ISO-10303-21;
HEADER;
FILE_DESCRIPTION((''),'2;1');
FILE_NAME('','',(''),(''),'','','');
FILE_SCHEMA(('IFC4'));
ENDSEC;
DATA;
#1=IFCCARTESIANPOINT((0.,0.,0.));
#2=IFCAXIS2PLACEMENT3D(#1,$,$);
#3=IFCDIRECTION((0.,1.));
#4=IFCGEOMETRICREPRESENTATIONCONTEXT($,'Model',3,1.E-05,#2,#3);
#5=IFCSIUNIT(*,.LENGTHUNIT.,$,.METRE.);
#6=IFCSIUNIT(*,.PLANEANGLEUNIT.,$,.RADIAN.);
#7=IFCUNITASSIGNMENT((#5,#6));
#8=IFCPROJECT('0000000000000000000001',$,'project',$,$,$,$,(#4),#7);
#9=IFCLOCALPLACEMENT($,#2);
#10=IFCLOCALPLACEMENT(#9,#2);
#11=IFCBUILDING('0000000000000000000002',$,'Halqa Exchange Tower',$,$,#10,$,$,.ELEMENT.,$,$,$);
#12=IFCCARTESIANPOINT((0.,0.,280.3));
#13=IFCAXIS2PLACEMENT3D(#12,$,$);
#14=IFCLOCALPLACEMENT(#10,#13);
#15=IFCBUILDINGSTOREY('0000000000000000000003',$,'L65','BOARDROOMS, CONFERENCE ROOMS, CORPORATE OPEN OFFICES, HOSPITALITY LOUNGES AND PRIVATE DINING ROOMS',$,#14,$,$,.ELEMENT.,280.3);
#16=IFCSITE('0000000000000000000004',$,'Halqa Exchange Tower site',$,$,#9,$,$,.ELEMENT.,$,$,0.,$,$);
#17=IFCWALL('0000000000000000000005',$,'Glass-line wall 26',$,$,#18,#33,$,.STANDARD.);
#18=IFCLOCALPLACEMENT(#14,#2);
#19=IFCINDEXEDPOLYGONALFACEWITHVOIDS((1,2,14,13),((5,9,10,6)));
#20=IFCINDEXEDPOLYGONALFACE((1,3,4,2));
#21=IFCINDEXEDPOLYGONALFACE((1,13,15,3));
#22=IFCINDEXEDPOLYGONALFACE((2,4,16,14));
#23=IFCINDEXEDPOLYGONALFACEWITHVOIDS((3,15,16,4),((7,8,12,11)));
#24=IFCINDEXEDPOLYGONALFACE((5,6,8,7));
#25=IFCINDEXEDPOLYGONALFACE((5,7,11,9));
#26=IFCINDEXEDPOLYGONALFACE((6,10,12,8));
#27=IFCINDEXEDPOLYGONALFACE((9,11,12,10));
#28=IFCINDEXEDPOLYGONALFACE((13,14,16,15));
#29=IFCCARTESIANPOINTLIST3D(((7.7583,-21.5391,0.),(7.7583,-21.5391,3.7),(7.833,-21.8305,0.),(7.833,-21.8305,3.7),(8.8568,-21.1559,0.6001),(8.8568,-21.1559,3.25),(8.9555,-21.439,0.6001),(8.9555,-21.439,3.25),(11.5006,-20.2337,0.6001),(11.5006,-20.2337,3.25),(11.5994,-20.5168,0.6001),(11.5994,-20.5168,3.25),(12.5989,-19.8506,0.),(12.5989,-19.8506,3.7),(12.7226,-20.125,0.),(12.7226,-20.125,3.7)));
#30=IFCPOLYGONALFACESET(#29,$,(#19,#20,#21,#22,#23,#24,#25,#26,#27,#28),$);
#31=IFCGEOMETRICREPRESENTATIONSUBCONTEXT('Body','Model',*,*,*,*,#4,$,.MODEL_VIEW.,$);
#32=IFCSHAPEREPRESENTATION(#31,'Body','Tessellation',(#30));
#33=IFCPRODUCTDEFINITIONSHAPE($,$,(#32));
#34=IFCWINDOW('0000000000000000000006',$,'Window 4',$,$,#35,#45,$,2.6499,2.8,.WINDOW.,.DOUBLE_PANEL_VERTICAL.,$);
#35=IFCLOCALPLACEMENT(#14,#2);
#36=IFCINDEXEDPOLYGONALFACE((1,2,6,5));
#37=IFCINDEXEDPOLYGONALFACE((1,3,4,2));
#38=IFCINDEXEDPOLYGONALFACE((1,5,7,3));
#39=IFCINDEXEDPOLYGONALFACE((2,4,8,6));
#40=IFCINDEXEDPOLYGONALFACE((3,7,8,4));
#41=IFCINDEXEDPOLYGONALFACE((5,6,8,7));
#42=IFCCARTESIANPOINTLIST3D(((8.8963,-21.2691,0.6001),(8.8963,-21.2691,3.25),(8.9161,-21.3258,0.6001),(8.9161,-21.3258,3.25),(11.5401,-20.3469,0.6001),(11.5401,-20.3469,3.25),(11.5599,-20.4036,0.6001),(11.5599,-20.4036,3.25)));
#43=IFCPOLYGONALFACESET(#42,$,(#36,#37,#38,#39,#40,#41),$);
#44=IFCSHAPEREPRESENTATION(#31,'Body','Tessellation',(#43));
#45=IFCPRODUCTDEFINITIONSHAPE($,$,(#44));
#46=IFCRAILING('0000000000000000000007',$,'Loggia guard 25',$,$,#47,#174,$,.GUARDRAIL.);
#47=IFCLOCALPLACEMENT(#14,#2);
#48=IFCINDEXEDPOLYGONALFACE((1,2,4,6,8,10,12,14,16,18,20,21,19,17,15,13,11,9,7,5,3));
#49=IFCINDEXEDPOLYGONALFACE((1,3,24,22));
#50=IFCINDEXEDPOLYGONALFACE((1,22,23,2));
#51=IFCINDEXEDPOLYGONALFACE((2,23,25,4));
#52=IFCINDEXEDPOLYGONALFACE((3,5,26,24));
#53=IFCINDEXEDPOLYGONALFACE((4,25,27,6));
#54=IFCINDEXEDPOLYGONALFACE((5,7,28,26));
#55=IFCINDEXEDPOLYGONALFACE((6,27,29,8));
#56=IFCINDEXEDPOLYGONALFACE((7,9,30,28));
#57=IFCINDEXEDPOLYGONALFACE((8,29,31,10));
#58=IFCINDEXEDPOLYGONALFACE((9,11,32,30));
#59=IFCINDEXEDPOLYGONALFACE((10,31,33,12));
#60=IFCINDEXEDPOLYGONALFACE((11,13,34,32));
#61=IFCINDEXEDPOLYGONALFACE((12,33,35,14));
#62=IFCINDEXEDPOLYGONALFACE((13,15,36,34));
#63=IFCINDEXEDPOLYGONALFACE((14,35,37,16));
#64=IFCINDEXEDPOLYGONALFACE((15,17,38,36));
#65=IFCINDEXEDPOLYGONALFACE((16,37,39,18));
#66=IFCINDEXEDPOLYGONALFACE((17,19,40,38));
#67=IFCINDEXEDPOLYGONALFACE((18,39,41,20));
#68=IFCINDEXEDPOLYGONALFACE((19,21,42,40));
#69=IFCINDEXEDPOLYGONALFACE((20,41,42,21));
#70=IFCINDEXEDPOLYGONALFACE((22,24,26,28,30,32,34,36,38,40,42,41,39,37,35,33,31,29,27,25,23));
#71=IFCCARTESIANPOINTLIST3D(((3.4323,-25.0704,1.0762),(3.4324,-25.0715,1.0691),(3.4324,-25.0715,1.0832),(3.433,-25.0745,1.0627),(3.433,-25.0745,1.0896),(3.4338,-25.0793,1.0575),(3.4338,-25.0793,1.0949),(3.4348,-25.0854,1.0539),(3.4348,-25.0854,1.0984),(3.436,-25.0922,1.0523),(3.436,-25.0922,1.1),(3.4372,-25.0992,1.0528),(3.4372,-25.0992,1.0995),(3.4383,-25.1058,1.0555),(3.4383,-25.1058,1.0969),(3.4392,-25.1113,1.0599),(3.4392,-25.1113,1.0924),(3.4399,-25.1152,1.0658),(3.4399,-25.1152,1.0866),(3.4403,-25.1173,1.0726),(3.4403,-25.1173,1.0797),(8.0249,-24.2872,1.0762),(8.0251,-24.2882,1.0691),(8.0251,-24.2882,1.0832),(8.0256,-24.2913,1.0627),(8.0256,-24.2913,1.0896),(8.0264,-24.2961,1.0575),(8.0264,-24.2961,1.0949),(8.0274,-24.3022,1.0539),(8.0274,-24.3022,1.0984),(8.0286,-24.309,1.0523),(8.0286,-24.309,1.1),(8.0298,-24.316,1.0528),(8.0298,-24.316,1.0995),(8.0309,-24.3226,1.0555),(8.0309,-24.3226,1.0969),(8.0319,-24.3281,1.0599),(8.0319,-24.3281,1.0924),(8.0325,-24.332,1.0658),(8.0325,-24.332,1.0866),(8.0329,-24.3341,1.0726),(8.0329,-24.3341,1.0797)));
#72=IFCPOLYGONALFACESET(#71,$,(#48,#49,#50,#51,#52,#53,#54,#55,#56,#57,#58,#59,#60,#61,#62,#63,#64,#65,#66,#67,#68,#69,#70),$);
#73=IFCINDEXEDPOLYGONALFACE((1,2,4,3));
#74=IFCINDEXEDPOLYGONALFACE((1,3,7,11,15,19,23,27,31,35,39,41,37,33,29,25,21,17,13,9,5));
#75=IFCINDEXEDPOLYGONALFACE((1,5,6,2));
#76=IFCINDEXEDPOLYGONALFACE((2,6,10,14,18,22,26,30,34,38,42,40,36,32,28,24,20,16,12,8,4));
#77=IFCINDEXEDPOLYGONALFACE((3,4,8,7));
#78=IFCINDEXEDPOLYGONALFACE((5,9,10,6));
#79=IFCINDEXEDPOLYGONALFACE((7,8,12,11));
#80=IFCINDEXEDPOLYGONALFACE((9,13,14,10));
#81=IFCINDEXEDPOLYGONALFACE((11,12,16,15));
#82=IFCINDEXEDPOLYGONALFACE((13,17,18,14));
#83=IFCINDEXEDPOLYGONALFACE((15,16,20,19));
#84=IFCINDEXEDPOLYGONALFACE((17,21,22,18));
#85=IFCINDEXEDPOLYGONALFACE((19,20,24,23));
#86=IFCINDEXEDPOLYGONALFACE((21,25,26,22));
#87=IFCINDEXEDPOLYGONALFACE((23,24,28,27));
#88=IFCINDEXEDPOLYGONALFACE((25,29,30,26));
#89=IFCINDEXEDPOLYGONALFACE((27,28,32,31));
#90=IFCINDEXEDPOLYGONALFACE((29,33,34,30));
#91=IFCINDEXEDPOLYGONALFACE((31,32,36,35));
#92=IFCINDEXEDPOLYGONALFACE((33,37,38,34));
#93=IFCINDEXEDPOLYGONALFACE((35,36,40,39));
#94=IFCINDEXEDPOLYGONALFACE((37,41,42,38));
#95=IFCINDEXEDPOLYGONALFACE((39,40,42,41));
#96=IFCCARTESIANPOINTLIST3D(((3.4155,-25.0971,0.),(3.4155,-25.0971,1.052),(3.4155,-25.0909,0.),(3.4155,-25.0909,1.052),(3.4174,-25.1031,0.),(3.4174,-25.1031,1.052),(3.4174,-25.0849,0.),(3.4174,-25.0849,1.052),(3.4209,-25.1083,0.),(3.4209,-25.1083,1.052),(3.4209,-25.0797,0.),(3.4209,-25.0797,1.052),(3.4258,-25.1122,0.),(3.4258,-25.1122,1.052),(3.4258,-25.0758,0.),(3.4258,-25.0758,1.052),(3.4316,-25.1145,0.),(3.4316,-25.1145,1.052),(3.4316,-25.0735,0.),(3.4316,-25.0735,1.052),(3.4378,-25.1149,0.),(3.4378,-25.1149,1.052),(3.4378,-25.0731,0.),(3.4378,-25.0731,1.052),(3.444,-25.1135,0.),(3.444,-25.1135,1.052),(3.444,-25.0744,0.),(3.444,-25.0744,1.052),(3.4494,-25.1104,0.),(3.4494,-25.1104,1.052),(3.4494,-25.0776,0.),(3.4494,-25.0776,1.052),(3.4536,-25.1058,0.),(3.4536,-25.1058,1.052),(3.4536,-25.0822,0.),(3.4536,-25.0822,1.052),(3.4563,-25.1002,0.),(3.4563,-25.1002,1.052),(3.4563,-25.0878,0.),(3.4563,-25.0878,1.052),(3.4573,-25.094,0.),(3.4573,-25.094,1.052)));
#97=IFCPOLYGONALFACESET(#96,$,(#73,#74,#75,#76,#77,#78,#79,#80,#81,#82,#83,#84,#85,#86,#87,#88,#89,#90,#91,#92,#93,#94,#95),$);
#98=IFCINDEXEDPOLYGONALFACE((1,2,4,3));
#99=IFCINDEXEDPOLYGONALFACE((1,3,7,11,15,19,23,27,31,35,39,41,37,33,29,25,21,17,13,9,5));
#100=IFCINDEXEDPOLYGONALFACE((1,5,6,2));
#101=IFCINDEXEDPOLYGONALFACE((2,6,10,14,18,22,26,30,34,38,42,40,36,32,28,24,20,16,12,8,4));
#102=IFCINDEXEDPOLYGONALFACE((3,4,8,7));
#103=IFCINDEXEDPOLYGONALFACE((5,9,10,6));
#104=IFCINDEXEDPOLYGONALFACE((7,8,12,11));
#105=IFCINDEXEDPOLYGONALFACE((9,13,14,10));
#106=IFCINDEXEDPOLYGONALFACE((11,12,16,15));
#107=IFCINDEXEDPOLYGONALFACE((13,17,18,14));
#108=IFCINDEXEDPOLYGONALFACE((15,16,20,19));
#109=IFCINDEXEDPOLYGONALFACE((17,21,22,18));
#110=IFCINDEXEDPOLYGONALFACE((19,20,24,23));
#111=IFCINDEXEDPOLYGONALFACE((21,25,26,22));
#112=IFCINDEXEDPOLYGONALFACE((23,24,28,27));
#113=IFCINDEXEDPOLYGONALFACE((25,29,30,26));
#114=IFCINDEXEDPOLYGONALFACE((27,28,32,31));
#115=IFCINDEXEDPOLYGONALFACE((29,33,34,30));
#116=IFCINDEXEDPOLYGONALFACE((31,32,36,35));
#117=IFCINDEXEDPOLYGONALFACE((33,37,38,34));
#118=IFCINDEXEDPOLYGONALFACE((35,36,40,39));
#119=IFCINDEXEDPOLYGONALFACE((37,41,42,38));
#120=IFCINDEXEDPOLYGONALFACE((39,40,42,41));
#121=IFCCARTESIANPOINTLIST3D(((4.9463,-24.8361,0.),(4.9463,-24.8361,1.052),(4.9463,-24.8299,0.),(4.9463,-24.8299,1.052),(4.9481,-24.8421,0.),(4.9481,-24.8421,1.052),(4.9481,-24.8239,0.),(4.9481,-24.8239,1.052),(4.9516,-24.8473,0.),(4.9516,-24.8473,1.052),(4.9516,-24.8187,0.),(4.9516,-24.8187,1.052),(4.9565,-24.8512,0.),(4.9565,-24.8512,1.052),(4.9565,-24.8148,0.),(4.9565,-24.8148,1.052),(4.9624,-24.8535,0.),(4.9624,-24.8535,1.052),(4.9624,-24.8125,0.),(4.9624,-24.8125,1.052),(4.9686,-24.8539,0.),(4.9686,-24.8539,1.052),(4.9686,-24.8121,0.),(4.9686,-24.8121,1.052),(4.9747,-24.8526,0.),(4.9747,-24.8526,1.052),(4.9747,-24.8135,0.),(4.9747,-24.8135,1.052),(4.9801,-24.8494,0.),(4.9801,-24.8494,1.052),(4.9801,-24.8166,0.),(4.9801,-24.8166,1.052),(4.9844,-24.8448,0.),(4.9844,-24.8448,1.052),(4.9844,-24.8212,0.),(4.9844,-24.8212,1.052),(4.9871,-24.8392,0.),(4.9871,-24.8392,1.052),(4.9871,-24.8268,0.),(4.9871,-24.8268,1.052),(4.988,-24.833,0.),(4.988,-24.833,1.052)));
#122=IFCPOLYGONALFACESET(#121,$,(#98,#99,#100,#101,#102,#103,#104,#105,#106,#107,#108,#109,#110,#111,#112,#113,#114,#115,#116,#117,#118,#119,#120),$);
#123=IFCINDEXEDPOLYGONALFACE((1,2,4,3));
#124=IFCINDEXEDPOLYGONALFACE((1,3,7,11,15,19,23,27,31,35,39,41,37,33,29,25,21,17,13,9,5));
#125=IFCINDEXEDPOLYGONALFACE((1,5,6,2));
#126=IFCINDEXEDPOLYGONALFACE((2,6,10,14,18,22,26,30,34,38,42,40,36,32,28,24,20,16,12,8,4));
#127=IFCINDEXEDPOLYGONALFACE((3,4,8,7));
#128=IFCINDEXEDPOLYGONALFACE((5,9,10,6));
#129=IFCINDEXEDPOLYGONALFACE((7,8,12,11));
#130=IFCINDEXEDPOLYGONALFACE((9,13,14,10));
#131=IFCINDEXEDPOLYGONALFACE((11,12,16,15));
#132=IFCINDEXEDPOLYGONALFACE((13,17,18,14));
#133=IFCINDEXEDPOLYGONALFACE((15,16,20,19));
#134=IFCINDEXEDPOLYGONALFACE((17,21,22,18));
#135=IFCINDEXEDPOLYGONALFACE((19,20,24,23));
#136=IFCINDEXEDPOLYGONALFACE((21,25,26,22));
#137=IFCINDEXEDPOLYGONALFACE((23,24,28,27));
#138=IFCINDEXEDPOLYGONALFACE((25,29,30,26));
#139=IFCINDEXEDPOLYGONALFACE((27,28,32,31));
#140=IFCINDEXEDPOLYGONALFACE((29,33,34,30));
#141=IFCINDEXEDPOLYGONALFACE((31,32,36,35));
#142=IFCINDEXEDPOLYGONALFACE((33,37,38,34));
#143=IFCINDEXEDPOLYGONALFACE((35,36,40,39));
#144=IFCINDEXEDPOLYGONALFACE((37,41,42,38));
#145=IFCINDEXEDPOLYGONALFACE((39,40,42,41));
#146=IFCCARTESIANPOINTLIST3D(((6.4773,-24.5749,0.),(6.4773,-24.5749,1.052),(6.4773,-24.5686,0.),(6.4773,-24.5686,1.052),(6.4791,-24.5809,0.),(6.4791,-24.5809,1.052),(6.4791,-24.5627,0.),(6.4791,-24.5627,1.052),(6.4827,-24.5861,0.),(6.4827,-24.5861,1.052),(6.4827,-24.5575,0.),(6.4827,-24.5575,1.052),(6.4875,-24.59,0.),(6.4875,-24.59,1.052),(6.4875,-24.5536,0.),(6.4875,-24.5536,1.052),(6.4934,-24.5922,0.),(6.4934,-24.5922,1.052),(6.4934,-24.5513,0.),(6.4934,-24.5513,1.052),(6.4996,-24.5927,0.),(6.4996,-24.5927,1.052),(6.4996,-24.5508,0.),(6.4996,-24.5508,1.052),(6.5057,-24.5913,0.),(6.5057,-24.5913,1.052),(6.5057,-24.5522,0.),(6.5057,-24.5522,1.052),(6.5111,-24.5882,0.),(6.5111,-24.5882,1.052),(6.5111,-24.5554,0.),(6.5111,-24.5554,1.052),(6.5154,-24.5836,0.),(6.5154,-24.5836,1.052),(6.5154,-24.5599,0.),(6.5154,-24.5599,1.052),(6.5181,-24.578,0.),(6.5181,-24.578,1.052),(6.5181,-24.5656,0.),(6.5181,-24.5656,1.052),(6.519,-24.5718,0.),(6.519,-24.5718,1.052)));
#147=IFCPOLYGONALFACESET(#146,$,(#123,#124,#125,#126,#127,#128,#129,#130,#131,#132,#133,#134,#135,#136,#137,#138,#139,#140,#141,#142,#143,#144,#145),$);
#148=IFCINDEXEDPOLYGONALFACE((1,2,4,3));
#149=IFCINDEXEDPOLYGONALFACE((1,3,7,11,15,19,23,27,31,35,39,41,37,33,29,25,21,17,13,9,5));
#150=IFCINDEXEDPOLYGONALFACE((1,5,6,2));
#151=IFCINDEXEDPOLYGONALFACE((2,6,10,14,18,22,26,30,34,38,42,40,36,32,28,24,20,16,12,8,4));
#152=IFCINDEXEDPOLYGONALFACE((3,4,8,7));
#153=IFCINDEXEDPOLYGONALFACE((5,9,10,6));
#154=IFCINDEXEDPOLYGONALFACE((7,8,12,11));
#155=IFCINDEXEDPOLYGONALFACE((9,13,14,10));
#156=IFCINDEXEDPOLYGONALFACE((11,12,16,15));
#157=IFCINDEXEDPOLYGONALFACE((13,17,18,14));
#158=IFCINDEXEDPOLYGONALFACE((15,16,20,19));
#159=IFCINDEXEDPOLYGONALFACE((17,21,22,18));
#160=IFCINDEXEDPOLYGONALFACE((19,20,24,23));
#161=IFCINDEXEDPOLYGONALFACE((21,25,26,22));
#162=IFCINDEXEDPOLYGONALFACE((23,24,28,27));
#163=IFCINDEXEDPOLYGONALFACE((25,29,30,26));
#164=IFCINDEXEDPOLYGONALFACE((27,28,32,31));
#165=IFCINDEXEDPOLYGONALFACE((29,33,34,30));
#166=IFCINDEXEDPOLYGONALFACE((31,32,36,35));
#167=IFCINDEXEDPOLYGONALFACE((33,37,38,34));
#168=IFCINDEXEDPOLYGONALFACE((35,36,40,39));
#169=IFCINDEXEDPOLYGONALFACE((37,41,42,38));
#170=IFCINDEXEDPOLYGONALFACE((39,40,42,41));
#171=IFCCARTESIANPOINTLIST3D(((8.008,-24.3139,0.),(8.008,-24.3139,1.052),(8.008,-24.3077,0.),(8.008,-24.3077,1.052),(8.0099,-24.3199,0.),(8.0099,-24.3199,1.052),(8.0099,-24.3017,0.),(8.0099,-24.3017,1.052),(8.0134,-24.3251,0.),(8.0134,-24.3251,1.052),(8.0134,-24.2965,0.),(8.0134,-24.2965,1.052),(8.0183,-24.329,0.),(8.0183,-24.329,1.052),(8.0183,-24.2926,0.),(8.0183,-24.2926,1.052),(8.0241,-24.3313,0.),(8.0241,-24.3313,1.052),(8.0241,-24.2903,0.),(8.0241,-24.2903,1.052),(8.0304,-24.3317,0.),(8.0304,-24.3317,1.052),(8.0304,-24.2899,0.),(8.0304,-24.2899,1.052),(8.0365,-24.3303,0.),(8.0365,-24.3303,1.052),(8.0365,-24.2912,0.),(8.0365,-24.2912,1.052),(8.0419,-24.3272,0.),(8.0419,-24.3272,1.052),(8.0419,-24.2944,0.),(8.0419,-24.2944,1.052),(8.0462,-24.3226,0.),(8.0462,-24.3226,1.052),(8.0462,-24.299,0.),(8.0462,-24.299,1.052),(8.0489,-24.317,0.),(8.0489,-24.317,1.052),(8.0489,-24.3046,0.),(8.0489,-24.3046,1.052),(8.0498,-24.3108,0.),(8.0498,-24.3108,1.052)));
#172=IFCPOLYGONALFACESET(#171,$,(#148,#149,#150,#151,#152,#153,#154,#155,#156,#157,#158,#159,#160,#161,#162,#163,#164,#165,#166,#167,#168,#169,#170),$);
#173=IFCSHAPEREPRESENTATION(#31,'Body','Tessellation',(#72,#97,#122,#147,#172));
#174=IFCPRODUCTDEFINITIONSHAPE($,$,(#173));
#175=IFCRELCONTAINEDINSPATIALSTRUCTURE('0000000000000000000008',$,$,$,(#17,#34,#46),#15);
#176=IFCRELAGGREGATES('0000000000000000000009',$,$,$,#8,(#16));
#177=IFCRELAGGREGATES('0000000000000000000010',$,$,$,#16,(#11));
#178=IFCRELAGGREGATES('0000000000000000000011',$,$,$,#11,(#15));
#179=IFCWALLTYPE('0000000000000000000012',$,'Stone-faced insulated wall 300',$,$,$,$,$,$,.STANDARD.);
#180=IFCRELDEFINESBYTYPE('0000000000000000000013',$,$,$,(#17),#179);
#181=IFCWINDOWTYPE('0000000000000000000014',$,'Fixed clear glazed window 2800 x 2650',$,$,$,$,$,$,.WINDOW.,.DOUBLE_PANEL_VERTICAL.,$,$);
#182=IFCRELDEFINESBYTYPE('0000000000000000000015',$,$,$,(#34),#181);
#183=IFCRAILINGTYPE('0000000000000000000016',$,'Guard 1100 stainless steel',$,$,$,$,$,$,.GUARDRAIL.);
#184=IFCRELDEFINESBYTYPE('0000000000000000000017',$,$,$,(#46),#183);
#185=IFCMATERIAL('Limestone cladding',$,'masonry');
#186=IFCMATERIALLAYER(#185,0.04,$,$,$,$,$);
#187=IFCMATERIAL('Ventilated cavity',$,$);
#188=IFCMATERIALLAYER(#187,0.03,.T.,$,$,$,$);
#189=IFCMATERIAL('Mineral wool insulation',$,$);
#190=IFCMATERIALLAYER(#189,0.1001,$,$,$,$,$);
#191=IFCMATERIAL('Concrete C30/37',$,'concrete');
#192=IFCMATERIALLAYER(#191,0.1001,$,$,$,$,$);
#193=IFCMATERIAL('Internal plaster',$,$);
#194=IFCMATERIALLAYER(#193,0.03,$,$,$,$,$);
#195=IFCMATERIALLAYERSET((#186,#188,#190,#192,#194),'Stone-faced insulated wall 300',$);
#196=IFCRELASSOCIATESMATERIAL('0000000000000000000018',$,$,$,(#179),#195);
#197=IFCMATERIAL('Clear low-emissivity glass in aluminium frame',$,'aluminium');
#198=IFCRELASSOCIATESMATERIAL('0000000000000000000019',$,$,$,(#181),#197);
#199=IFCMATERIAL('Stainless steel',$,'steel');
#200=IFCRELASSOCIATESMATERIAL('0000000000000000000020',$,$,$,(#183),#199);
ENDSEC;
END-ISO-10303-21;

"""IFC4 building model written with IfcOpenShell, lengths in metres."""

from ifc_helpers import new_model, si_unit, direction, frame, frame_2d, origin, origin_2d, place, context, subcontext, project, spatial, polyline, rectangle, circle, outline, extrude, material, layer, layer_set, type_object, element, fill, save


model = new_model("IFC4")

# Units and contexts
model_context = context("Model", 3, precision=1e-05, world=origin(), true_north=direction((0.0, 1.0)))
body_context = subcontext(model_context, "Body", "Model", "MODEL_VIEW")
ifc_project = project(units=[si_unit("LENGTHUNIT", "METRE"), si_unit("PLANEANGLEUNIT", "RADIAN")], contexts=[model_context])

# Site, building, storey
site_placement = place(None, origin())
site = spatial("IfcSite", under=ifc_project, at=site_placement, Name="Halqa Exchange Tower site", CompositionType="ELEMENT", RefElevation=0.0)
building_placement = place(site_placement, origin())
building = spatial("IfcBuilding", under=site, at=building_placement, Name="Halqa Exchange Tower", CompositionType="ELEMENT")
storey_placement = place(building_placement, frame((0.0, 0.0, 280.3)))
storey = spatial("IfcBuildingStorey", under=building, at=storey_placement, Name="L65", Description="BOARDROOMS, CONFERENCE ROOMS, CORPORATE OPEN OFFICES, HOSPITALITY LOUNGES AND PRIVATE DINING ROOMS", CompositionType="ELEMENT", Elevation=280.3)

# Shared definitions
ifc_material_1 = material(Name="Concrete C30/37", Category="concrete")

# Wall, opening, window
ifc_material_2 = material(Name="Limestone cladding", Category="masonry")
ifc_layer_1 = layer(ifc_material_2, 0.04)
ifc_material_3 = material(Name="Ventilated cavity")
ifc_layer_2 = layer(ifc_material_3, 0.03, ventilated=True)
ifc_material_4 = material(Name="Mineral wool insulation")
ifc_layer_3 = layer(ifc_material_4, 0.1001)
ifc_layer_4 = layer(ifc_material_1, 0.1001)
ifc_material_5 = material(Name="Internal plaster")
ifc_layer_5 = layer(ifc_material_5, 0.03)
ifc_layer_set_1 = layer_set([ifc_layer_1, ifc_layer_2, ifc_layer_3, ifc_layer_4, ifc_layer_5], Name="Stone-faced insulated wall 300")
wall_type_1 = type_object("IfcWallType", Name="Stone-faced insulated wall 300", PredefinedType="STANDARD", material=ifc_layer_set_1)
ifc_material_6 = material(Name="Clear low-emissivity glass in aluminium frame", Category="aluminium")
window_type = type_object("IfcWindowType", Name="Fixed clear glazed window 2800 x 2650", PartitioningType="DOUBLE_PANEL_VERTICAL", PredefinedType="WINDOW", material=ifc_material_6)
wall_1_placement = place(storey_placement, frame((7.7957, -21.6848, 0.0), z_axis=(0.0, 0.0, 1.0), x_axis=(0.944204, 0.32936, 0.0)))
wall_1 = element("IfcWall", 1, at=wall_1_placement, inside=storey, type_object=wall_type_1, Name="Glass-line wall 26", PredefinedType="STANDARD", context=body_context, shape_type="SweptSolid", body=[
    extrude(outline(polyline([(-0.0127, -0.1499), (5.1658, -0.1499), (5.1394, 0.1499), (0.0127, 0.1499), (-0.0127, -0.1499)])), origin(), (0.0, 0.0, 1.0), 3.7),
])
opening_1_placement = place(wall_1_placement, frame((1.1763, 0.0, 0.6001)))
opening_1 = element("IfcOpeningElement", 2, at=opening_1_placement, cuts=wall_1, PredefinedType="OPENING", context=body_context, shape_type="SweptSolid", body=[
    extrude(rectangle(XDim=2.8, YDim=2.6499, at=frame_2d((1.3999, 1.325))), frame((0.0, 0.1621, 0.0), z_axis=(0.0, -1.0, 0.0), x_axis=(1.0, 0.0, 0.0)), (0.0, 0.0, 1.0), 0.324),
])
window_1_placement = place(opening_1_placement, origin())
window_1 = element("IfcWindow", 3, at=window_1_placement, inside=storey, type_object=window_type, Name="Window 4", OverallHeight=2.6499, OverallWidth=2.8, PartitioningType="DOUBLE_PANEL_VERTICAL", PredefinedType="WINDOW", context=body_context, shape_type="SweptSolid", body=[
    extrude(rectangle(XDim=2.8, YDim=2.6499, at=frame_2d((1.3999, 1.325))), frame((0.0, 0.03, 0.0), z_axis=(0.0, -1.0, 0.0), x_axis=(1.0, 0.0, 0.0)), (0.0, 0.0, 1.0), 0.0601),
])
fill(opening_1, window_1)

# Railing
ifc_material_7 = material(Name="Stainless steel", Category="steel")
railing_type = type_object("IfcRailingType", Name="Guard 1100 stainless steel", PredefinedType="GUARDRAIL", material=ifc_material_7)
railing_1_placement = place(storey_placement, frame((3.4363, -25.094, 0.0)))
element("IfcRailing", 4, at=railing_1_placement, inside=storey, type_object=railing_type, Name="Loggia guard 25", PredefinedType="GUARDRAIL", context=body_context, shape_type="SweptSolid", body=[
    extrude(circle(Radius=0.0239, at=origin_2d()), frame((0.0, 0.0, 1.0762), z_axis=(0.985768, 0.168111, 0.0), x_axis=(-0.168111, 0.985768, 0.0)), (0.0, 0.0, 1.0), 4.6589),
    extrude(circle(Radius=0.021, at=origin_2d()), origin(), (0.0, 0.0, 1.0), 1.052),
    extrude(circle(Radius=0.021, at=origin_2d()), frame((1.5308, 0.261, 0.0)), (0.0, 0.0, 1.0), 1.052),
    extrude(circle(Radius=0.021, at=origin_2d()), frame((3.0618, 0.5222, 0.0)), (0.0, 0.0, 1.0), 1.052),
    extrude(circle(Radius=0.021, at=origin_2d()), frame((4.5925, 0.7832, 0.0)), (0.0, 0.0, 1.0), 1.052),
])

save(model, "model.ifc")
